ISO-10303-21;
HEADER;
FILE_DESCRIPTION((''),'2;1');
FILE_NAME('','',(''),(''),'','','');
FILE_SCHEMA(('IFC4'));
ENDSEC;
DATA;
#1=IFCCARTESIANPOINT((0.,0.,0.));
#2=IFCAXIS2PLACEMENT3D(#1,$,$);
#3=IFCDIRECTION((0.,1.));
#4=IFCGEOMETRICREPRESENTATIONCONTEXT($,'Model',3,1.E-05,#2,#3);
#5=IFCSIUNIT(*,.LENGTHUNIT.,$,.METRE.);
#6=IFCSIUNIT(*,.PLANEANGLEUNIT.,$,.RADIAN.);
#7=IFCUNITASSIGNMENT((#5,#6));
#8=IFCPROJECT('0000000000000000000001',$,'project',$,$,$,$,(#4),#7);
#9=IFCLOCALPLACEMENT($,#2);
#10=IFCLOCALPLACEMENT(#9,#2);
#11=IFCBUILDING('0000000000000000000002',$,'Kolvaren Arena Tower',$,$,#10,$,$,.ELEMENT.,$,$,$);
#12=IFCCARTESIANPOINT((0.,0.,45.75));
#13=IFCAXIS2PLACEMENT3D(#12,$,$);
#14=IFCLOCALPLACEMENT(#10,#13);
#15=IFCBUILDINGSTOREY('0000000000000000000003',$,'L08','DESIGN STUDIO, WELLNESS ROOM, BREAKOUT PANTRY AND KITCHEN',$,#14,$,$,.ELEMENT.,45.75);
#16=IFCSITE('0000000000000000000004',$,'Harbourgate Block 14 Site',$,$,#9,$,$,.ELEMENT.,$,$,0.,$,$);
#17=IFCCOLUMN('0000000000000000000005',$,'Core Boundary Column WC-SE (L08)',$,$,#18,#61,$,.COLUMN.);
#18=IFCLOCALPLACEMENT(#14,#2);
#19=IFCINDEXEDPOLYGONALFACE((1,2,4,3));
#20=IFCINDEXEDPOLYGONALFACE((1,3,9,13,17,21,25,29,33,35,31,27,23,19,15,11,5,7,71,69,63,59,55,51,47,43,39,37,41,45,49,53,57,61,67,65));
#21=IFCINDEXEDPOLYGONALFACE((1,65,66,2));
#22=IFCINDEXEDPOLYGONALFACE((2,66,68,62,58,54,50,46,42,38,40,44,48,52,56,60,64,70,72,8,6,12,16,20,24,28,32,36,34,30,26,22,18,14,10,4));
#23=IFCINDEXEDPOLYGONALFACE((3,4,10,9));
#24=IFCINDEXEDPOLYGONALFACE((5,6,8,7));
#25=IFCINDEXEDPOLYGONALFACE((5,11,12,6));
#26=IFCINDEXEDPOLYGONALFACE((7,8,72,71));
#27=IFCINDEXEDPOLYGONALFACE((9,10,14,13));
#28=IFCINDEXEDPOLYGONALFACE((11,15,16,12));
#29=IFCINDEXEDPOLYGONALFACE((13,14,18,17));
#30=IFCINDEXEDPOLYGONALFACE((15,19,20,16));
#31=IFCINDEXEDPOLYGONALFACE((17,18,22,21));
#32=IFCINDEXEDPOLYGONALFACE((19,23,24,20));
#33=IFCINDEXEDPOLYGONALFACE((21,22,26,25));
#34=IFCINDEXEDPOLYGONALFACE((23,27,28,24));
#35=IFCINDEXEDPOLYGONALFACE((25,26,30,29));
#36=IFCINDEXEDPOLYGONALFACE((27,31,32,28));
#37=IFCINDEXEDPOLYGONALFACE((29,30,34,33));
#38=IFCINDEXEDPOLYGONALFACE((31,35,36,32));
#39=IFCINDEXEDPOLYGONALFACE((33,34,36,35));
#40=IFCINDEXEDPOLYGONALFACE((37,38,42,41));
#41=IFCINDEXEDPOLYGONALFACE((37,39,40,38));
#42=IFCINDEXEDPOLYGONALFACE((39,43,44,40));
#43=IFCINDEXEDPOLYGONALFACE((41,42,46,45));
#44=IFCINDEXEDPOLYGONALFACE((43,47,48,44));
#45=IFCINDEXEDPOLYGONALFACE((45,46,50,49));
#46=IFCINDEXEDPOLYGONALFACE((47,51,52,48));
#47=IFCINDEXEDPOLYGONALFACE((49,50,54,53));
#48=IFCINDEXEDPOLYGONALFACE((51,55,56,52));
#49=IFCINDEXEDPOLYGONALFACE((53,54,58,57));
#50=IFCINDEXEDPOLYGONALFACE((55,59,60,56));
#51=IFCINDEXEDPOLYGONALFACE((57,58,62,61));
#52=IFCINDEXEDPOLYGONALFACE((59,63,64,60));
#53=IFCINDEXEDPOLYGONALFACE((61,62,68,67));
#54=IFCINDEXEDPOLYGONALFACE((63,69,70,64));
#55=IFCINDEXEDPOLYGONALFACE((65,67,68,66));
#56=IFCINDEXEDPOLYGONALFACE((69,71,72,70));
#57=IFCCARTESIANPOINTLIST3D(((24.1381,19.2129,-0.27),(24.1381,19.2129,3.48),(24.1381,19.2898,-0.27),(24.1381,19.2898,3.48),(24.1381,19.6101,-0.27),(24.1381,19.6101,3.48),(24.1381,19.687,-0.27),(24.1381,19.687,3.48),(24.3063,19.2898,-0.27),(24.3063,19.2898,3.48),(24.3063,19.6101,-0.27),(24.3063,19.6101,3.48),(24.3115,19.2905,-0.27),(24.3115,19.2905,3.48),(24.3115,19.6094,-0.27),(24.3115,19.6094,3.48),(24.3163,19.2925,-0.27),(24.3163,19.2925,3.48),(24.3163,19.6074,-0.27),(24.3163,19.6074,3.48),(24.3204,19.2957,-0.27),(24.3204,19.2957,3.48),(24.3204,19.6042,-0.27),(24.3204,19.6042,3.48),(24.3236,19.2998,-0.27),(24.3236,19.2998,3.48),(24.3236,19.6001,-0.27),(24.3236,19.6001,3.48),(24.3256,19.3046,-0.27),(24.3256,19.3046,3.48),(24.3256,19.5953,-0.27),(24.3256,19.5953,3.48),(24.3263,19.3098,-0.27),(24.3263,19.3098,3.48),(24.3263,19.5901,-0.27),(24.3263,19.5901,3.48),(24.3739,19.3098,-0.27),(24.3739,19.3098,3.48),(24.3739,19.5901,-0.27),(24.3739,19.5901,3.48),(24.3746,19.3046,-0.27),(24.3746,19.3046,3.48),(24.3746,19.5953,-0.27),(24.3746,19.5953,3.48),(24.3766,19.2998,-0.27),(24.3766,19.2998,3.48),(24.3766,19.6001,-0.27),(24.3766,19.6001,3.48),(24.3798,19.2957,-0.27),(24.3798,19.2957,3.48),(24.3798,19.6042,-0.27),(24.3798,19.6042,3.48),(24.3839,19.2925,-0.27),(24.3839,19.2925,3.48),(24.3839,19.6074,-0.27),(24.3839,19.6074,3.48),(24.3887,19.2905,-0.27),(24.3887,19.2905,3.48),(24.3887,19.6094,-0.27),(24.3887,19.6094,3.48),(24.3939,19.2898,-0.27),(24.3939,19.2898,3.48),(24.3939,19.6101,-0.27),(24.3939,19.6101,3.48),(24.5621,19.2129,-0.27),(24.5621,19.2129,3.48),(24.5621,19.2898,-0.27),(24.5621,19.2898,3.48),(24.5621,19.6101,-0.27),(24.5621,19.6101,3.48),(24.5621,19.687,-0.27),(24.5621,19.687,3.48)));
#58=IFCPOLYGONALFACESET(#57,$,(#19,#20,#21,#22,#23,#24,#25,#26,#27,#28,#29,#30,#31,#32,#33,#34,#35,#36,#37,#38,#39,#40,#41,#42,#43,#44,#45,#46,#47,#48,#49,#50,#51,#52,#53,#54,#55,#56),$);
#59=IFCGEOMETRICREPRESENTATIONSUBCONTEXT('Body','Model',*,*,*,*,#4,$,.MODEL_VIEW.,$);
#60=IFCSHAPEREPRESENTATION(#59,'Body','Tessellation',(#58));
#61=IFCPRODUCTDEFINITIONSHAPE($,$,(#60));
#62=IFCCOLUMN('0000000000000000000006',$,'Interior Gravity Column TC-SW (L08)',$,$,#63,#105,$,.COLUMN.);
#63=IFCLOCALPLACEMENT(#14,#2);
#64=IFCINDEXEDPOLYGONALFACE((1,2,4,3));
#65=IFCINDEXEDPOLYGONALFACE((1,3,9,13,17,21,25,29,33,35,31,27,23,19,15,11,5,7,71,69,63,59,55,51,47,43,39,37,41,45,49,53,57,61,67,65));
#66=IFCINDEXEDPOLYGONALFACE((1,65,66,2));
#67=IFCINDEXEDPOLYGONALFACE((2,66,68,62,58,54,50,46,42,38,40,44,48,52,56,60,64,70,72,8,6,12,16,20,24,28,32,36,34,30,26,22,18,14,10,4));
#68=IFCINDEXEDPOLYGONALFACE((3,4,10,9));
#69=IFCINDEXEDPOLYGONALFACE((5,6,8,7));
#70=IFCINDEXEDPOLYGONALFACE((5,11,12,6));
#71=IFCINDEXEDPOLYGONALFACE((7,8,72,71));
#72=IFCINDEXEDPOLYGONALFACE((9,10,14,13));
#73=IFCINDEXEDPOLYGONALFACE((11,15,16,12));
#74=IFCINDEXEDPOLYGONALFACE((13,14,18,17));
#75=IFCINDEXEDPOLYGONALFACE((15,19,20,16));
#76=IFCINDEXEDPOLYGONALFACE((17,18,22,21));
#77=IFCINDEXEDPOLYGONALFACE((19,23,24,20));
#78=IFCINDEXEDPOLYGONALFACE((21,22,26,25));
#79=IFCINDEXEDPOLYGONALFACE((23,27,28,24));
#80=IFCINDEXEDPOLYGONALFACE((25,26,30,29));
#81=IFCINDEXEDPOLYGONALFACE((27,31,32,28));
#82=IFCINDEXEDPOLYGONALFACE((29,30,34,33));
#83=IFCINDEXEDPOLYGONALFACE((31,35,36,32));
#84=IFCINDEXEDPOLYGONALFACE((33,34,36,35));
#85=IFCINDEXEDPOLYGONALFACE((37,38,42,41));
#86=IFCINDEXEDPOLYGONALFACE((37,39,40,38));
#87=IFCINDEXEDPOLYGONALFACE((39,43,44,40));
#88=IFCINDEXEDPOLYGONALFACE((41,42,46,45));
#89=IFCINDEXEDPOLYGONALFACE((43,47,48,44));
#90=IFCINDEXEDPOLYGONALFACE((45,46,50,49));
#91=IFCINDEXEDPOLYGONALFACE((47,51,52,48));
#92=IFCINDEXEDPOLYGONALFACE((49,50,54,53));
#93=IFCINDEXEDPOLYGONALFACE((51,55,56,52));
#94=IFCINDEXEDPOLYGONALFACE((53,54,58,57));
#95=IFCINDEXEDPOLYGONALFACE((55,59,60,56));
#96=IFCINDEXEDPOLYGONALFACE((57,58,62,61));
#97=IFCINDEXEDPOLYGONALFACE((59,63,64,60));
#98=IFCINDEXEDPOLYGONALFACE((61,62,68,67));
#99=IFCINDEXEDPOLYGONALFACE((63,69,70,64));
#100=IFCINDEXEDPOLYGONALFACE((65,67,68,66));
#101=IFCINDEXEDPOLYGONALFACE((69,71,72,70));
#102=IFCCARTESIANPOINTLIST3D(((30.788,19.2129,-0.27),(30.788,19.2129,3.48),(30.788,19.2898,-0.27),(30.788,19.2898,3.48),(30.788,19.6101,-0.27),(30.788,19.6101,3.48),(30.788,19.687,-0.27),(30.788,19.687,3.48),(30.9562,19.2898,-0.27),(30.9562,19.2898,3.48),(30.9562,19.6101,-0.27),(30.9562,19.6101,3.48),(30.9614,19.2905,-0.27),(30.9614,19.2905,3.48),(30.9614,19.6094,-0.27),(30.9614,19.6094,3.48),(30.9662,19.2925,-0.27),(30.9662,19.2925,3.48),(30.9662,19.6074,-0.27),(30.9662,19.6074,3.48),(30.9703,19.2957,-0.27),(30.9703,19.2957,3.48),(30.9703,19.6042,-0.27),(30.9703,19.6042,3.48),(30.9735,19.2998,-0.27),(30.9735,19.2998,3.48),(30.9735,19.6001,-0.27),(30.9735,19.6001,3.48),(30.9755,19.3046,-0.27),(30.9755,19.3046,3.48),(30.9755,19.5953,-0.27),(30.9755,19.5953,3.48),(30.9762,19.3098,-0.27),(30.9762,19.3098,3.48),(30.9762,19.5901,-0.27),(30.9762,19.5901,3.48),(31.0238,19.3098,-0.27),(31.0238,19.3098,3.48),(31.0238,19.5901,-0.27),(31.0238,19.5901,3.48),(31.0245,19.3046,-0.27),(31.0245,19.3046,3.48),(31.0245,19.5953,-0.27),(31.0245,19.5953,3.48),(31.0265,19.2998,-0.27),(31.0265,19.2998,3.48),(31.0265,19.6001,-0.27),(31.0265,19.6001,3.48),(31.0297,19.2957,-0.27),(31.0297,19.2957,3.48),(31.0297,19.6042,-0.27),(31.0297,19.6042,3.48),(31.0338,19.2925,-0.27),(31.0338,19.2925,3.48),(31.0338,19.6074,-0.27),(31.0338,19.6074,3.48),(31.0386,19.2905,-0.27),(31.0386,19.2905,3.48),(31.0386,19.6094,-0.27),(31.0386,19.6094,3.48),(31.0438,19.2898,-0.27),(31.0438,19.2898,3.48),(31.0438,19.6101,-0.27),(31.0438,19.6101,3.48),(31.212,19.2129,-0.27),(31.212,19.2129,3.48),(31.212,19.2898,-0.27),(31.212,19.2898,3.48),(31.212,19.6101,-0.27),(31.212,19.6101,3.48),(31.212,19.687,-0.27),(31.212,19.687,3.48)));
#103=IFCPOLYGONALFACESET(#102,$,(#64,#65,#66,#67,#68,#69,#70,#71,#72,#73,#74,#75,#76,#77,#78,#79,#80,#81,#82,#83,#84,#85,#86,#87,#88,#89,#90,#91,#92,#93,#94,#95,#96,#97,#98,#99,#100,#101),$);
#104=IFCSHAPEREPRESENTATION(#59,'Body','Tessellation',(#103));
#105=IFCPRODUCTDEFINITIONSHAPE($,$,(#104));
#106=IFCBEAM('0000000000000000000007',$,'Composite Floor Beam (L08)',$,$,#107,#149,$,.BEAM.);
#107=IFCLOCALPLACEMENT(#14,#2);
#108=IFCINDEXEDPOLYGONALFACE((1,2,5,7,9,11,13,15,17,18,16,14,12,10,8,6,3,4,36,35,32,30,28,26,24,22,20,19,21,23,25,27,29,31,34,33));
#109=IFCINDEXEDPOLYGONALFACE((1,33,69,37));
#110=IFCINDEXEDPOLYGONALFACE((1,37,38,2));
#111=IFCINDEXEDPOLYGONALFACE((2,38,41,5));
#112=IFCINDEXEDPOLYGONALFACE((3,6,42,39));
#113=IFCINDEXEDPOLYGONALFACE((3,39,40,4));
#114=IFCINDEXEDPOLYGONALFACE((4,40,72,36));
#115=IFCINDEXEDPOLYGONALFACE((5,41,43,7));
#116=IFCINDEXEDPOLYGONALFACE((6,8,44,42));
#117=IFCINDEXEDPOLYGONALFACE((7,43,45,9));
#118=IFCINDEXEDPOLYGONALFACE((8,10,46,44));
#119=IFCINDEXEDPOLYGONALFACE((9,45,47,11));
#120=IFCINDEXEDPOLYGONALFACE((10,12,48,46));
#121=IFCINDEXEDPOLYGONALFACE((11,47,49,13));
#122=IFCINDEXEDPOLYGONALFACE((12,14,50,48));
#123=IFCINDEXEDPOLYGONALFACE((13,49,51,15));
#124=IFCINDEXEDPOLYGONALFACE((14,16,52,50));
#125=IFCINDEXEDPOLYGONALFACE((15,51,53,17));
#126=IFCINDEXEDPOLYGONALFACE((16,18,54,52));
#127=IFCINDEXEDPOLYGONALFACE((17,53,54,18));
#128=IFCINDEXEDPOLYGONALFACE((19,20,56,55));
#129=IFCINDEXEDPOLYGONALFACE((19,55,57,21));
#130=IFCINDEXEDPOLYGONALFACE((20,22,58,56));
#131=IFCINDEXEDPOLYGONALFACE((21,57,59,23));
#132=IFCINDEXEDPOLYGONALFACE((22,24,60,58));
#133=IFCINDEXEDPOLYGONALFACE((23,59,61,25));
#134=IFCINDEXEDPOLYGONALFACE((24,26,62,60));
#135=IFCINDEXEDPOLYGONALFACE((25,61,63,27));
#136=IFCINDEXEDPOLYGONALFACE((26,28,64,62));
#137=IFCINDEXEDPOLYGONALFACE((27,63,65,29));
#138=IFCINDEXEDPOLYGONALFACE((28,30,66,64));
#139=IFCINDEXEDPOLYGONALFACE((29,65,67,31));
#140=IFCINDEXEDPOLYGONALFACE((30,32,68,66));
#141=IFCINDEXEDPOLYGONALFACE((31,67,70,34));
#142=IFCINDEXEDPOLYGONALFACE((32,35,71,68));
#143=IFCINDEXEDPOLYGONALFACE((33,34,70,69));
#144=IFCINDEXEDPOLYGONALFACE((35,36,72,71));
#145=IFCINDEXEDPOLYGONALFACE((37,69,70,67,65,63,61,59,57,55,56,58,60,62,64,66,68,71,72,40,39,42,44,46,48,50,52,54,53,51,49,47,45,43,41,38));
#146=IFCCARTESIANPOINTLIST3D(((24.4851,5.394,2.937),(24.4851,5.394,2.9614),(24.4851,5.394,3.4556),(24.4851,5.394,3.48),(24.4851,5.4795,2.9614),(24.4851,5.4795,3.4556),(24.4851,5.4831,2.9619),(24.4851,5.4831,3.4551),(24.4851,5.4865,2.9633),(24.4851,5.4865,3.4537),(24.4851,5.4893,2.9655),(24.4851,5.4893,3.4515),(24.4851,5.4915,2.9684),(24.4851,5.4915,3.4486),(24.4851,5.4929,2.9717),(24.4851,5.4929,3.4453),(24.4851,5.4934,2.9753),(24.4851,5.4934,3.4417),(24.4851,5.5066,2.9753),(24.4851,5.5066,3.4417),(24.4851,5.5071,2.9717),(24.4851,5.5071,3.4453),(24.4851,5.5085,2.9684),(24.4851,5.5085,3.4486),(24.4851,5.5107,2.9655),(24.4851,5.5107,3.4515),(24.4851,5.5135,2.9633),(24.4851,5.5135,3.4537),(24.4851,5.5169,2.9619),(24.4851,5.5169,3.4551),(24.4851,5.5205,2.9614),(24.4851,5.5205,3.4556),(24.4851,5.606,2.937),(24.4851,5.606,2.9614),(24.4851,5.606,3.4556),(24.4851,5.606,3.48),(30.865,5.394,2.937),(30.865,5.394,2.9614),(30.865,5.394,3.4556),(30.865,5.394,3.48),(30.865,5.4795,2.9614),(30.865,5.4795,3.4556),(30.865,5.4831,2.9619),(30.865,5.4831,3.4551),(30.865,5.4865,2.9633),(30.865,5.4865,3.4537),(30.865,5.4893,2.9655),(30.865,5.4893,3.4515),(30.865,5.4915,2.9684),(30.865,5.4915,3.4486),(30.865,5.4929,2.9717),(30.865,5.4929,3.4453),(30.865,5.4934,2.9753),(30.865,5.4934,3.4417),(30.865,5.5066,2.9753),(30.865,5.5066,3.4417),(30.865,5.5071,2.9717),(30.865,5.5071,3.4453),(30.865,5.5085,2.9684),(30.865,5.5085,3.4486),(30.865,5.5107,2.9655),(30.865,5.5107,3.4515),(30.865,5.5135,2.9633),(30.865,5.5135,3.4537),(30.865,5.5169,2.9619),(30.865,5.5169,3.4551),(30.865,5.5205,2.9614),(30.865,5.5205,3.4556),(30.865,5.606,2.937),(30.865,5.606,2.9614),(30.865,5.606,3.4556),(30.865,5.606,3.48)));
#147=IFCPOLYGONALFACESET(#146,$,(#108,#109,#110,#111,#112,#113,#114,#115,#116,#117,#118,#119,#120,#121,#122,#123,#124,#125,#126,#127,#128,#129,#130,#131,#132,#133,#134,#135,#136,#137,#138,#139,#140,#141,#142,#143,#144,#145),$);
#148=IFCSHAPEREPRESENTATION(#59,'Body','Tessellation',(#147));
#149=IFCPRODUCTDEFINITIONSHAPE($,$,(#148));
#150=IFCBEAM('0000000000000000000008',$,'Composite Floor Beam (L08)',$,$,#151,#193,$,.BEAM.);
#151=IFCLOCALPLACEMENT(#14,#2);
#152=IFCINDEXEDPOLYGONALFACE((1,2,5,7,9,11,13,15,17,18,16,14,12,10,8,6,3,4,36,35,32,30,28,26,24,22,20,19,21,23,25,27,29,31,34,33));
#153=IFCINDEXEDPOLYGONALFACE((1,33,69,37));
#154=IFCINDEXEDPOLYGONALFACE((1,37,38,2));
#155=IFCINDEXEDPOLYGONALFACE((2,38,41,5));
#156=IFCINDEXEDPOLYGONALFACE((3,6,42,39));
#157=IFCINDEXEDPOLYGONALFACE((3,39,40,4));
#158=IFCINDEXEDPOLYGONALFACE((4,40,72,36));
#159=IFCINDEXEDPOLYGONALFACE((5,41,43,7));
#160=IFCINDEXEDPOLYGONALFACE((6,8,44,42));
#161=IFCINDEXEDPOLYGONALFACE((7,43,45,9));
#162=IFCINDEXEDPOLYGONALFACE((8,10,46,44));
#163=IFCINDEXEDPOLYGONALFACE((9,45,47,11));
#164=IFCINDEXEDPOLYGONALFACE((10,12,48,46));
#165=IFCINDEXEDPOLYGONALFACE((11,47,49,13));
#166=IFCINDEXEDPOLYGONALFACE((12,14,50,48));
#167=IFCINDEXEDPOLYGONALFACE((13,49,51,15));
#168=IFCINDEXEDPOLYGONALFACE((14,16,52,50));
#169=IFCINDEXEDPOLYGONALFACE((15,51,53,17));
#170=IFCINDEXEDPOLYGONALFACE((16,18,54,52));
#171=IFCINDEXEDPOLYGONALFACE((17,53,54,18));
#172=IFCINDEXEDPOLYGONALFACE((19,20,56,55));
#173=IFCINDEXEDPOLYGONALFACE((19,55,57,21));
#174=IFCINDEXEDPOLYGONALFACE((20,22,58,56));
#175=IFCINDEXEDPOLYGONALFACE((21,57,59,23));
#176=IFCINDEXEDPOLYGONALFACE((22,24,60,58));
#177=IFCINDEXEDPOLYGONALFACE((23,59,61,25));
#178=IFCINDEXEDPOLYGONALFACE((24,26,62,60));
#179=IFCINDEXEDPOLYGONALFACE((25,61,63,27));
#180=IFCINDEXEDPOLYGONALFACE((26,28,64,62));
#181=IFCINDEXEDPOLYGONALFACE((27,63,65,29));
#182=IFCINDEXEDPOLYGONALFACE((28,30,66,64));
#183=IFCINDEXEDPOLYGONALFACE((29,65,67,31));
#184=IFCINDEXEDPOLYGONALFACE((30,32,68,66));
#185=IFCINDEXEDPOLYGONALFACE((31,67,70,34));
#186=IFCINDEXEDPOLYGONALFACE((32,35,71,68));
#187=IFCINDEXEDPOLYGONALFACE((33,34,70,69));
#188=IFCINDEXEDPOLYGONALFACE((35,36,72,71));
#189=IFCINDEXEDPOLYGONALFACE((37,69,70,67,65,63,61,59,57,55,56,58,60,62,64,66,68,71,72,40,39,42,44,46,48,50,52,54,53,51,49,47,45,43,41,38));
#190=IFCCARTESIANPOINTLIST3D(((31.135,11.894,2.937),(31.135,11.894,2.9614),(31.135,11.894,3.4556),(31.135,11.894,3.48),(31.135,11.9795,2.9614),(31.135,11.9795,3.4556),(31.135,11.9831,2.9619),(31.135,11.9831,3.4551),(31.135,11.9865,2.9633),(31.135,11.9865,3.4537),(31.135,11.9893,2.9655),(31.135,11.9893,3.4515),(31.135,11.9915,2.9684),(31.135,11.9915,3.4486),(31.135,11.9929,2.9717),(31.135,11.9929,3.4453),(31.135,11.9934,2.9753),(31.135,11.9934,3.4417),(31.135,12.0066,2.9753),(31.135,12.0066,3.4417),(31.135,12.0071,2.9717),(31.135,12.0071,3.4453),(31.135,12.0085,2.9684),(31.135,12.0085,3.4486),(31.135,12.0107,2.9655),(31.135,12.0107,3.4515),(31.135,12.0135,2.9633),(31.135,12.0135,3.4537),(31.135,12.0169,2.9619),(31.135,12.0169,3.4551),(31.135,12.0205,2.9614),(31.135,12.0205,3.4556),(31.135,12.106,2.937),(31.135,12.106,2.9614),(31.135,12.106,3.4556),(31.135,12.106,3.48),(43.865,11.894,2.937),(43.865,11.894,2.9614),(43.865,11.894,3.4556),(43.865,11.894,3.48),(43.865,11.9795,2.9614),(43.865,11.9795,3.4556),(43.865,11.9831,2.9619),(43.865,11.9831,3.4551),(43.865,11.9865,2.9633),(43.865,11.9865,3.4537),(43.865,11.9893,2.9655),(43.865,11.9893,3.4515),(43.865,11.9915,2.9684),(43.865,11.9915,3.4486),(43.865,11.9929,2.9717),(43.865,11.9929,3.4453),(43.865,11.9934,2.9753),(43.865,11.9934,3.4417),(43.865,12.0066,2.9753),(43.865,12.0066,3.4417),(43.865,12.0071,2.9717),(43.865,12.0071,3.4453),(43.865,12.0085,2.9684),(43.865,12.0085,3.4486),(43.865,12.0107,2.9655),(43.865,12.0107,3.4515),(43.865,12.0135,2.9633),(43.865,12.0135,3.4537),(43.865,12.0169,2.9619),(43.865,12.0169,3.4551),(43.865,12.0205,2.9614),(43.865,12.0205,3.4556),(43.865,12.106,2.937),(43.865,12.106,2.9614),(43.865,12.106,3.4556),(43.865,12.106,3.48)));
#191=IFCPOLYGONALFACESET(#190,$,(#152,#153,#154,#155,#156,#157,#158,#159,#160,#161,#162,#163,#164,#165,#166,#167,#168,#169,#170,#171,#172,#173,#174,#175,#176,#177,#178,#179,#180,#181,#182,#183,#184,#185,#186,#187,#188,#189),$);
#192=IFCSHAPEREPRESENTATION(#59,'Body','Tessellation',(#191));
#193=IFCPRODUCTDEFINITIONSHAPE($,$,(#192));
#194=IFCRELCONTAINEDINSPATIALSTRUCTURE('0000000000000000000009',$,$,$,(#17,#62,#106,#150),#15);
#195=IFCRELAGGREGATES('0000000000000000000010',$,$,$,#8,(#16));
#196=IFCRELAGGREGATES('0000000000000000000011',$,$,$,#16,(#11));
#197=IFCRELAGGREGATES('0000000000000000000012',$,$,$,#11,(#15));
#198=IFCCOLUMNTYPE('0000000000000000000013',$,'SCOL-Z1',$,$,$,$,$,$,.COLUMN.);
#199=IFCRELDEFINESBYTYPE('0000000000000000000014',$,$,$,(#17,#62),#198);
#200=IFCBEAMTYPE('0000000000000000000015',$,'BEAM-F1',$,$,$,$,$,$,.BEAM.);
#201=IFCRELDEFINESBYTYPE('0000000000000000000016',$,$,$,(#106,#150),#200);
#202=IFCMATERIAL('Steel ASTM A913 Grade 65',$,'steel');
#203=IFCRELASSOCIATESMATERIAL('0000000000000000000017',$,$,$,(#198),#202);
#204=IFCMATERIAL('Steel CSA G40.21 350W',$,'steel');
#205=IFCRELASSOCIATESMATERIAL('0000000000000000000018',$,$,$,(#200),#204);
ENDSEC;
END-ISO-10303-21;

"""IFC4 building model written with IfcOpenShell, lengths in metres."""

from ifc_helpers import new_model, si_unit, direction, frame, origin, origin_2d, place, context, subcontext, project, spatial, i_section, extrude, material, material_profile, profile_set, type_object, element, save


model = new_model("IFC4")

# Units and contexts
model_context = context("Model", 3, precision=1e-05, world=origin(), true_north=direction((0.0, 1.0)))
body_context = subcontext(model_context, "Body", "Model", "MODEL_VIEW")
ifc_project = project(units=[si_unit("LENGTHUNIT", "METRE"), si_unit("PLANEANGLEUNIT", "RADIAN")], contexts=[model_context])

# Site, building, storey
site_placement = place(None, origin())
site = spatial("IfcSite", under=ifc_project, at=site_placement, Name="Harbourgate Block 14 Site", CompositionType="ELEMENT", RefElevation=0.0)
building_placement = place(site_placement, origin())
building = spatial("IfcBuilding", under=site, at=building_placement, Name="Kolvaren Arena Tower", CompositionType="ELEMENT")
storey_placement = place(building_placement, frame((0.0, 0.0, 45.75)))
storey = spatial("IfcBuildingStorey", under=building, at=storey_placement, Name="L08", Description="DESIGN STUDIO, WELLNESS ROOM, BREAKOUT PANTRY AND KITCHEN", CompositionType="ELEMENT", Elevation=45.75)

# Columns
ifc_material_1 = material(Name="Steel ASTM A913 Grade 65", Category="steel")
ifc_material_profile_1 = material_profile(ifc_material_1, i_section(OverallWidth=0.4241, OverallDepth=0.4741, WebThickness=0.0476, FlangeThickness=0.0769, FilletRadius=0.02, at=origin_2d()), Name="W360x634")
ifc_profile_set_1 = profile_set([ifc_material_profile_1], Name="Steel ASTM A913 Grade 65")
column_type = type_object("IfcColumnType", Name="SCOL-Z1", PredefinedType="COLUMN", material=ifc_profile_set_1)
for number, where, z_axis, x_axis, name in (
    (1, (24.3501, 19.45, -0.27), (0.0, 0.0, 1.0), (1.0, 0.0, 0.0), "Core Boundary Column WC-SE (L08)"),
    (2, (31.0, 19.45, -0.27), (0.0, 0.0, 1.0), (1.0, 0.0, 0.0), "Interior Gravity Column TC-SW (L08)"),
):
    element("IfcColumn", number, at=place(storey_placement, frame(where, z_axis=z_axis, x_axis=x_axis)), inside=storey, type_object=column_type, Name=name, PredefinedType="COLUMN", context=body_context, shape_type="SweptSolid", body=[
        extrude(i_section(OverallWidth=0.4241, OverallDepth=0.4741, WebThickness=0.0476, FlangeThickness=0.0769, FilletRadius=0.02, at=origin_2d()), origin(), (0.0, 0.0, 1.0), 3.75),
    ])

# Beams
ifc_material_2 = material(Name="Steel CSA G40.21 350W", Category="steel")
ifc_material_profile_2 = material_profile(ifc_material_2, i_section(OverallWidth=0.2119, OverallDepth=0.543, WebThickness=0.0132, FlangeThickness=0.0244, FilletRadius=0.0139, at=origin_2d()), Name="W530x150")
ifc_profile_set_2 = profile_set([ifc_material_profile_2], Name="Steel CSA G40.21 350W")
beam_type_1 = type_object("IfcBeamType", Name="BEAM-F1", PredefinedType="BEAM", material=ifc_profile_set_2)
beam_1_placement = place(storey_placement, frame((24.4851, 5.5, 3.2085), z_axis=(1.0, 0.0, 0.0), x_axis=(0.0, 1.0, 0.0)))
element("IfcBeam", 3, at=beam_1_placement, inside=storey, type_object=beam_type_1, Name="Composite Floor Beam (L08)", PredefinedType="BEAM", context=body_context, shape_type="SweptSolid", body=[
    extrude(i_section(OverallWidth=0.2119, OverallDepth=0.543, WebThickness=0.0132, FlangeThickness=0.0244, FilletRadius=0.0139, at=origin_2d()), origin(), (0.0, 0.0, 1.0), 6.3799),
])
beam_2_placement = place(storey_placement, frame((31.135, 12.0, 3.2085), z_axis=(1.0, 0.0, 0.0), x_axis=(0.0, 1.0, 0.0)))
element("IfcBeam", 4, at=beam_2_placement, inside=storey, type_object=beam_type_1, Name="Composite Floor Beam (L08)", PredefinedType="BEAM", context=body_context, shape_type="SweptSolid", body=[
    extrude(i_section(OverallWidth=0.2119, OverallDepth=0.543, WebThickness=0.0132, FlangeThickness=0.0244, FilletRadius=0.0139, at=origin_2d()), origin(), (0.0, 0.0, 1.0), 12.73),
])

save(model, "model.ifc")
